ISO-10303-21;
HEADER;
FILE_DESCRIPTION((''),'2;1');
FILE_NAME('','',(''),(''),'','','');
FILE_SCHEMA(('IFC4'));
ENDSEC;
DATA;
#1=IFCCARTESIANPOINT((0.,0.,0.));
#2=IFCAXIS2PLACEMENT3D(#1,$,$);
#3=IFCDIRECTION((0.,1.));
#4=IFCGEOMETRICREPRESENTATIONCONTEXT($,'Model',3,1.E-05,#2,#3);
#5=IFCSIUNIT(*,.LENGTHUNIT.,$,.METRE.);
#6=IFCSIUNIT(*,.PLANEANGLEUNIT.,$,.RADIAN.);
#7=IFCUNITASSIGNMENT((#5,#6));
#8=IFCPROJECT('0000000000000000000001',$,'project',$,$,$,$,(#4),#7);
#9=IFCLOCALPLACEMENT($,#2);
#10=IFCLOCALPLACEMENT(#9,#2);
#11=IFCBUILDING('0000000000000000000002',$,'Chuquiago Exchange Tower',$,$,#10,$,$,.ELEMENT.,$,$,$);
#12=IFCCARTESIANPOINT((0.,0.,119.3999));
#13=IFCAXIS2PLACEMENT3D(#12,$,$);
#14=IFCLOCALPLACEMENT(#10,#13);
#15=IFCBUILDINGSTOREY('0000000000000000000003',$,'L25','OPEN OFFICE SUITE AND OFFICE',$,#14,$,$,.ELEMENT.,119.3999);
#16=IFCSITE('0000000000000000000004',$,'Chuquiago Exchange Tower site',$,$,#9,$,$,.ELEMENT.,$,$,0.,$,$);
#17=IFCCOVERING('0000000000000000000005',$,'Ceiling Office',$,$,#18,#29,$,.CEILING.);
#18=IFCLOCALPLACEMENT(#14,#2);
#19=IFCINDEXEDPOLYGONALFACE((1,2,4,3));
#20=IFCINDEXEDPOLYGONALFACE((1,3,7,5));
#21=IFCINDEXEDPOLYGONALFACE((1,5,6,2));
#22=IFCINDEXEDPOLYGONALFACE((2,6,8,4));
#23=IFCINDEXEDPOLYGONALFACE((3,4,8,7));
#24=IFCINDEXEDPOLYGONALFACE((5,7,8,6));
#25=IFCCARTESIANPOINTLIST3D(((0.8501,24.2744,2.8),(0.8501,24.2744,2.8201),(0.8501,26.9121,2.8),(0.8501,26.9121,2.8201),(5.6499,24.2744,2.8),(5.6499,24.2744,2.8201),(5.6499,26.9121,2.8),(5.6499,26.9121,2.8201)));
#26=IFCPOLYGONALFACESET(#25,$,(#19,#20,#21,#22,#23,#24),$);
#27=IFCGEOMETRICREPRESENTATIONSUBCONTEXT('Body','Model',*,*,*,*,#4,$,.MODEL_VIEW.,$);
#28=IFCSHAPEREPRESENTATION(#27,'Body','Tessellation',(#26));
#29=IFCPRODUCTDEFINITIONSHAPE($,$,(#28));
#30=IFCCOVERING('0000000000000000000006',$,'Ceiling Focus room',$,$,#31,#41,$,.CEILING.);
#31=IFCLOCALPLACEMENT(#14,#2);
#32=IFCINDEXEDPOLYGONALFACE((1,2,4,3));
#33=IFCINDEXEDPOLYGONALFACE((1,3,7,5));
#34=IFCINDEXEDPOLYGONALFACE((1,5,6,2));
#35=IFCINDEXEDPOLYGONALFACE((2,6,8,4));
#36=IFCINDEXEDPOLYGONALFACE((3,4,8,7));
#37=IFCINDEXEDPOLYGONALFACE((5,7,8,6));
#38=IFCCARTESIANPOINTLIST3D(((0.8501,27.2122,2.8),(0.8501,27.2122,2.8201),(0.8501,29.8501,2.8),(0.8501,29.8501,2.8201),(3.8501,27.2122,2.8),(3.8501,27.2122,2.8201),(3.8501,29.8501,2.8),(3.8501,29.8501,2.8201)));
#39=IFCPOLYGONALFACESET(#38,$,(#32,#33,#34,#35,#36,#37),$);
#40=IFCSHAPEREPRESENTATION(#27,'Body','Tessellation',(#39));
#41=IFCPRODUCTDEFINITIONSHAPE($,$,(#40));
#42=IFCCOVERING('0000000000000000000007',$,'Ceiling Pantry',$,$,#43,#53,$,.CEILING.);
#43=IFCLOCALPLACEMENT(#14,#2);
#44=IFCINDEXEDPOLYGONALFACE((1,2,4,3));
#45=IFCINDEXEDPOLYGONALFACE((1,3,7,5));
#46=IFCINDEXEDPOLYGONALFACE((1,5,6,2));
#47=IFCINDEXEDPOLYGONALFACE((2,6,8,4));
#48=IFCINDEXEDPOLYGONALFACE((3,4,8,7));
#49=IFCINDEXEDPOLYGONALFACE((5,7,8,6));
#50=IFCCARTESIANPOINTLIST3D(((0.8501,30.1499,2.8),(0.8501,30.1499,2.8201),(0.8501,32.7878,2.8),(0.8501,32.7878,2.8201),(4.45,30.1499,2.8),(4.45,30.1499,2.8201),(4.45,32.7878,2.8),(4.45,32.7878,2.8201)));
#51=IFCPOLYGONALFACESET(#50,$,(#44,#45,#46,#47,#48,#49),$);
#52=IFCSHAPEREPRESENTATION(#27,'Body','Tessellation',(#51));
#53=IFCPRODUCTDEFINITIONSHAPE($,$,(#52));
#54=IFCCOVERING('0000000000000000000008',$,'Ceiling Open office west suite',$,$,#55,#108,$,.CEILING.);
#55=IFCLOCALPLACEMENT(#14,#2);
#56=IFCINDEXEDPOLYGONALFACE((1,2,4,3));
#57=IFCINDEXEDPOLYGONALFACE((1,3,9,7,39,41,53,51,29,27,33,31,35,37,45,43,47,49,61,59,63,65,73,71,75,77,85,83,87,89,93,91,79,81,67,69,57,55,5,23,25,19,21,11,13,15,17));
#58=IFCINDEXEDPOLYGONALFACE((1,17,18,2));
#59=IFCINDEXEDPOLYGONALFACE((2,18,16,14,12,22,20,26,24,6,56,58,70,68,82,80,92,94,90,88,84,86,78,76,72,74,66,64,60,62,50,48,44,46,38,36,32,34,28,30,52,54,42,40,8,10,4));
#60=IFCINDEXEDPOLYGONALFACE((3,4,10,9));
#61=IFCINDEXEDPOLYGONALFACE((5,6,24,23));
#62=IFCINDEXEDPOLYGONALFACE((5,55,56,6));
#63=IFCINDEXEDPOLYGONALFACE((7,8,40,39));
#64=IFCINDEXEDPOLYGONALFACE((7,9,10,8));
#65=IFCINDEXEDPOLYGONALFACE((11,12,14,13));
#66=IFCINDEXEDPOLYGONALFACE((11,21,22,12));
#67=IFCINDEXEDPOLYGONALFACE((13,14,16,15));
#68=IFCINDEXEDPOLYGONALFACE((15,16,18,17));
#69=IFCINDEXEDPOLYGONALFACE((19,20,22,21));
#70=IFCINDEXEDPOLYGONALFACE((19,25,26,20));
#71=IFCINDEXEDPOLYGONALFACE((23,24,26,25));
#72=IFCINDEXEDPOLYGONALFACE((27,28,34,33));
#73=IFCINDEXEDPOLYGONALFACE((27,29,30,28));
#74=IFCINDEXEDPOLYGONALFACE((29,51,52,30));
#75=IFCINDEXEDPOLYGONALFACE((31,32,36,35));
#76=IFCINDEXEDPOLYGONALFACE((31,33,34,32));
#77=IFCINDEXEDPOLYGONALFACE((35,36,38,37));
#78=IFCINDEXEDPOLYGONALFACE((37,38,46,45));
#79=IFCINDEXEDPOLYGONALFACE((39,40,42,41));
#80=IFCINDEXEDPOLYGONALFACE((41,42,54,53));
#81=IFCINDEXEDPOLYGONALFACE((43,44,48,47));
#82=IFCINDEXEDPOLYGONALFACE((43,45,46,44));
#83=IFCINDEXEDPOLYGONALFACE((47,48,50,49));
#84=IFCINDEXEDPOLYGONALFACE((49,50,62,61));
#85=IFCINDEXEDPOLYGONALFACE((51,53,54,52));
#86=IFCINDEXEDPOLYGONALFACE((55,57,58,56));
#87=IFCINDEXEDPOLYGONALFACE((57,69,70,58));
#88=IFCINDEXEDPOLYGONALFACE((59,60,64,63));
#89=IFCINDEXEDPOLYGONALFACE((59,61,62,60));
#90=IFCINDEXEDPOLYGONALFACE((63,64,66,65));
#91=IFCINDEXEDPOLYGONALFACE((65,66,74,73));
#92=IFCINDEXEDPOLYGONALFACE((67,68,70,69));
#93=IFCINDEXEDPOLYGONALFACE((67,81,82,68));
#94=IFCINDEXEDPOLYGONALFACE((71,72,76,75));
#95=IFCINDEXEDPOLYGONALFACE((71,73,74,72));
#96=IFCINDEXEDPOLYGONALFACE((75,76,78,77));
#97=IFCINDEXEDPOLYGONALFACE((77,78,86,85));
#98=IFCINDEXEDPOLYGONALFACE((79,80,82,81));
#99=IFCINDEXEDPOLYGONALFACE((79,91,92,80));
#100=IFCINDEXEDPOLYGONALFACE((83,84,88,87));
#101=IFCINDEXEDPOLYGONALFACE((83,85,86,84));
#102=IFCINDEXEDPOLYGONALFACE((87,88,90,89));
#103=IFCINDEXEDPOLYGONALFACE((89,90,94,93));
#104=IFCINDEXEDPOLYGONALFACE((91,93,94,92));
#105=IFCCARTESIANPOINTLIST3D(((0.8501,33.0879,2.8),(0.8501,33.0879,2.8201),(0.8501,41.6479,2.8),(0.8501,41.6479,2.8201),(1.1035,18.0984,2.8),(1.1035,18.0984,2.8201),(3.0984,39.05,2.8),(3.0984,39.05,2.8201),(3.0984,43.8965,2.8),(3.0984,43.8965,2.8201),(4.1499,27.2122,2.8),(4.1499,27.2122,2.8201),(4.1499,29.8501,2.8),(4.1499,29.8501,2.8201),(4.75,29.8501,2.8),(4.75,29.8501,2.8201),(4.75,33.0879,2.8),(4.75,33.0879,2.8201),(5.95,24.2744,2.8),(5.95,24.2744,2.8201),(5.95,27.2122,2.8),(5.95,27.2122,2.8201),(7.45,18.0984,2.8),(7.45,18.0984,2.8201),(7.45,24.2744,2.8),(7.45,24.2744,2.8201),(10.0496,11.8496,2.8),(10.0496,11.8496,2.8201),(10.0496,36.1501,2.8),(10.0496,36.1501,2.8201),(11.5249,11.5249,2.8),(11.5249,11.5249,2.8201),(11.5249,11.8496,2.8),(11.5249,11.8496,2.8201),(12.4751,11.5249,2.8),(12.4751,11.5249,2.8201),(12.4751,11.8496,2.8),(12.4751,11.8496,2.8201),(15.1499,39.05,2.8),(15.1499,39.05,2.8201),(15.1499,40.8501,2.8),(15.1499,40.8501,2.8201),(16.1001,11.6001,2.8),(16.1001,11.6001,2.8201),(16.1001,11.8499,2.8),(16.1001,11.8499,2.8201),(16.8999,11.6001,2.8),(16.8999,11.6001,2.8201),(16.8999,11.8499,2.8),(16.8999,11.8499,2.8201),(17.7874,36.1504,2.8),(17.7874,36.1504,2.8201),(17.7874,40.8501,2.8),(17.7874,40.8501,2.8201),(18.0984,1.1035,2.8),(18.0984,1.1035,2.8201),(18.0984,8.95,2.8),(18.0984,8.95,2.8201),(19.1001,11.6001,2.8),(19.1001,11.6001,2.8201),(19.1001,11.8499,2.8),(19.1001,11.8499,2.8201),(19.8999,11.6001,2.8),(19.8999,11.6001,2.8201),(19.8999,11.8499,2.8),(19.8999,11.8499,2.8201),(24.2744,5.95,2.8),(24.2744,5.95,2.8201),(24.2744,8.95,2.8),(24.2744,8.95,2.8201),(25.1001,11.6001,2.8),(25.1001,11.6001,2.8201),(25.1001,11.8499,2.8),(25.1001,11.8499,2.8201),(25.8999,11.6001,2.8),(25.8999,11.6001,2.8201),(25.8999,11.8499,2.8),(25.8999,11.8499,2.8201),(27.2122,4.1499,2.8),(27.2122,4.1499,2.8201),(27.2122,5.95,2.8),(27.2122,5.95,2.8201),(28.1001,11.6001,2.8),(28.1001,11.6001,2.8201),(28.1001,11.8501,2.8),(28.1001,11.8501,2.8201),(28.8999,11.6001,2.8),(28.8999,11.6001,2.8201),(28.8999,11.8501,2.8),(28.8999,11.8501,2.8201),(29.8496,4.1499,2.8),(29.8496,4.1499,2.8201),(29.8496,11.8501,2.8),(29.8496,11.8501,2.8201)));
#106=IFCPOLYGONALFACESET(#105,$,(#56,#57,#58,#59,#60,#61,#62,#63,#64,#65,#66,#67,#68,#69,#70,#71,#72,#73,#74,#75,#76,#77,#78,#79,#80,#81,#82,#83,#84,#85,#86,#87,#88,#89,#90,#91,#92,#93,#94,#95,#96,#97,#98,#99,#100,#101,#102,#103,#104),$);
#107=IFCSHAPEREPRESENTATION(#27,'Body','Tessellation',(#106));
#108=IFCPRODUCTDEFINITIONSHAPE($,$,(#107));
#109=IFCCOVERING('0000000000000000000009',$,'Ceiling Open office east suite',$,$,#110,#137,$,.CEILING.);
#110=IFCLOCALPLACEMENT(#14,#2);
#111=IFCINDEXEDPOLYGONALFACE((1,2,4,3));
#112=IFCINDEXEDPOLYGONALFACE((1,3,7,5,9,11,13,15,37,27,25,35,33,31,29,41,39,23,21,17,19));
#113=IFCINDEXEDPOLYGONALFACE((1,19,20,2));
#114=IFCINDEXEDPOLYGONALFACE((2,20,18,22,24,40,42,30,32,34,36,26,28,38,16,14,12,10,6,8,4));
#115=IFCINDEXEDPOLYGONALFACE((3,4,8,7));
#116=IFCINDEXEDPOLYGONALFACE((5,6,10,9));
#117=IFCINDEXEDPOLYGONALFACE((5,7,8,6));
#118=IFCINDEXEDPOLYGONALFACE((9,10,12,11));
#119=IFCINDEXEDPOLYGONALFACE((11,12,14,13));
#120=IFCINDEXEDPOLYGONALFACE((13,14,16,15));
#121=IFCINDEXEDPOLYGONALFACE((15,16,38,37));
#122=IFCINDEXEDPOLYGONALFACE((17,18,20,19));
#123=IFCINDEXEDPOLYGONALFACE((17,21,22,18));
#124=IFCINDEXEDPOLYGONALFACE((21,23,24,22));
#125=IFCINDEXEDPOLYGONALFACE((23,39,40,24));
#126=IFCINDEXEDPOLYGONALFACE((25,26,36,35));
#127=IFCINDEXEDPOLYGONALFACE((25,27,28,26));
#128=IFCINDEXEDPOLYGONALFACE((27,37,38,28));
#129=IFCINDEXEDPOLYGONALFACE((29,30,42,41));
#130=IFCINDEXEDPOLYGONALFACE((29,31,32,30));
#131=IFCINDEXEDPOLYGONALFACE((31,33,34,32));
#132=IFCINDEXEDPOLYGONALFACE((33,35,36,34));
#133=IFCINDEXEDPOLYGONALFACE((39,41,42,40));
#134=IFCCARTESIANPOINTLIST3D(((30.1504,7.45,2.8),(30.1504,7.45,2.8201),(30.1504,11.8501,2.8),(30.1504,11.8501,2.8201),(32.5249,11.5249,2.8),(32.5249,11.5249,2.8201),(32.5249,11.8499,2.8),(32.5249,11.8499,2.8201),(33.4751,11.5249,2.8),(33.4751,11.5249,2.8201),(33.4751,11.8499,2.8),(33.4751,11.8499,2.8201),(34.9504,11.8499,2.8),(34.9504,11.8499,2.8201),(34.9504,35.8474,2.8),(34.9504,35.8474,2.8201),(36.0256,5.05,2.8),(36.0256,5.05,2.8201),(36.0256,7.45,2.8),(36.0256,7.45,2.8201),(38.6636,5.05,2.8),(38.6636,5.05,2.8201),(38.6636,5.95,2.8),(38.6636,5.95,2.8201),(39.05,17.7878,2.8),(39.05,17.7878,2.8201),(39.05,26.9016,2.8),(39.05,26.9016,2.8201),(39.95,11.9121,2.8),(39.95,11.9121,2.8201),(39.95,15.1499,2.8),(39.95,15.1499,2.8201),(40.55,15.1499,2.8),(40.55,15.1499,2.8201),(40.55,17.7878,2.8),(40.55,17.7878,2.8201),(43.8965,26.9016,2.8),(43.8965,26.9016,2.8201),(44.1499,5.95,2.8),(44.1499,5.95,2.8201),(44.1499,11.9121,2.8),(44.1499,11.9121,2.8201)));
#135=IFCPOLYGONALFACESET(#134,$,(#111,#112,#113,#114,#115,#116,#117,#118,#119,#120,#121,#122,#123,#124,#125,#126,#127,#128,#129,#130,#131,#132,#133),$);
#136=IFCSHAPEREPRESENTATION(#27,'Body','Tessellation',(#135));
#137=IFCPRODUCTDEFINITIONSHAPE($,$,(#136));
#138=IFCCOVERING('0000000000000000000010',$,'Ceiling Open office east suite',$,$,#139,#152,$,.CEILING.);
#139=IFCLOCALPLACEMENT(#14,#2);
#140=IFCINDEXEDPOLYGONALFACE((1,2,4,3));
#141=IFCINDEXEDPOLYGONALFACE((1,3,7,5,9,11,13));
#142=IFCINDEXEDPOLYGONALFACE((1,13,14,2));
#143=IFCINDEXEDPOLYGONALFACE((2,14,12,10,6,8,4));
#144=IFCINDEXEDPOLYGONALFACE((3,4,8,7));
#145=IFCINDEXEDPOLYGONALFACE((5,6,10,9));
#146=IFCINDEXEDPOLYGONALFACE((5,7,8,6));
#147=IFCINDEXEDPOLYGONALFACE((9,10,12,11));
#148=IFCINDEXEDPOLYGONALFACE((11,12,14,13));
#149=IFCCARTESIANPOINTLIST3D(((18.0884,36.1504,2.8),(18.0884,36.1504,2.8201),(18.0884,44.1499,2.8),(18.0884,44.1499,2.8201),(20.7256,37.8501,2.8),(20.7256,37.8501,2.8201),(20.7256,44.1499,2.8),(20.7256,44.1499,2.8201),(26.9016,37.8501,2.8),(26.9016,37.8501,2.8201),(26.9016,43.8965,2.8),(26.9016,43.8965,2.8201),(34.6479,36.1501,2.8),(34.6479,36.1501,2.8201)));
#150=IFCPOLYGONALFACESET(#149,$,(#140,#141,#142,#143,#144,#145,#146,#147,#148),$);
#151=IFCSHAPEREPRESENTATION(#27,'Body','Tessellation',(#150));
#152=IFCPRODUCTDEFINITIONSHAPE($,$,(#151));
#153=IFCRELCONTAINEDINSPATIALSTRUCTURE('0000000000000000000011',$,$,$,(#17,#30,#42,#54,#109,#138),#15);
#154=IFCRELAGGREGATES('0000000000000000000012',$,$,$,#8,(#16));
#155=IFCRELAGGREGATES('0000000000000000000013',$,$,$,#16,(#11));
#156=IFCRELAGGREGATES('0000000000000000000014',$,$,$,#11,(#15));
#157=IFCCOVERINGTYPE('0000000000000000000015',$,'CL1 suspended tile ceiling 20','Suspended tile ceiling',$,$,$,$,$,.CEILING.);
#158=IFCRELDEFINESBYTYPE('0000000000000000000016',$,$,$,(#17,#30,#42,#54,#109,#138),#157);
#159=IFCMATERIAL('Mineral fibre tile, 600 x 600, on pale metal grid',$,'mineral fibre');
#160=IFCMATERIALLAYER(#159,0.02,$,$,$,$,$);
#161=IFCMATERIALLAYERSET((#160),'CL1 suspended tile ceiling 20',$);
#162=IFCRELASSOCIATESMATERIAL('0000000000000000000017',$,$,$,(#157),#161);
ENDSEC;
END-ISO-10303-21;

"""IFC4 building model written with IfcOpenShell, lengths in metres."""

from ifc_helpers import new_model, si_unit, direction, frame, origin, place, context, subcontext, project, spatial, polyline, outline, extrude, material, layer, layer_set, type_object, element, save


model = new_model("IFC4")

# Units and contexts
model_context = context("Model", 3, precision=1e-05, world=origin(), true_north=direction((0.0, 1.0)))
body_context = subcontext(model_context, "Body", "Model", "MODEL_VIEW")
ifc_project = project(units=[si_unit("LENGTHUNIT", "METRE"), si_unit("PLANEANGLEUNIT", "RADIAN")], contexts=[model_context])

# Site, building, storey
site_placement = place(None, origin())
site = spatial("IfcSite", under=ifc_project, at=site_placement, Name="Chuquiago Exchange Tower site", CompositionType="ELEMENT", RefElevation=0.0)
building_placement = place(site_placement, origin())
building = spatial("IfcBuilding", under=site, at=building_placement, Name="Chuquiago Exchange Tower", CompositionType="ELEMENT")
storey_placement = place(building_placement, frame((0.0, 0.0, 119.3999)))
storey = spatial("IfcBuildingStorey", under=building, at=storey_placement, Name="L25", Description="OPEN OFFICE SUITE AND OFFICE", CompositionType="ELEMENT", Elevation=119.3999)

# Coverings
ifc_material_1 = material(Name="Mineral fibre tile, 600 x 600, on pale metal grid", Category="mineral fibre")
ifc_layer_1 = layer(ifc_material_1, 0.02)
ifc_layer_set_1 = layer_set([ifc_layer_1], Name="CL1 suspended tile ceiling 20")
covering_type_1 = type_object("IfcCoveringType", Name="CL1 suspended tile ceiling 20", Description="Suspended tile ceiling", PredefinedType="CEILING", material=ifc_layer_set_1)
covering_1_placement = place(storey_placement, frame((0.0, 0.0, 2.8)))
element("IfcCovering", 1, at=covering_1_placement, inside=storey, type_object=covering_type_1, Name="Ceiling Office", PredefinedType="CEILING", context=body_context, shape_type="SweptSolid", body=[
    extrude(outline(polyline([(5.6499, 26.9121), (5.6499, 24.2744), (0.8501, 24.2744), (0.8501, 26.9121), (5.6499, 26.9121)])), origin(), (0.0, 0.0, 1.0), 0.02),
])
covering_2_placement = place(storey_placement, frame((0.0, 0.0, 2.8)))
element("IfcCovering", 2, at=covering_2_placement, inside=storey, type_object=covering_type_1, Name="Ceiling Focus room", PredefinedType="CEILING", context=body_context, shape_type="SweptSolid", body=[
    extrude(outline(polyline([(3.8501, 29.8501), (3.8501, 27.2122), (0.8501, 27.2122), (0.8501, 29.8501), (3.8501, 29.8501)])), origin(), (0.0, 0.0, 1.0), 0.02),
])
covering_3_placement = place(storey_placement, frame((0.0, 0.0, 2.8)))
element("IfcCovering", 3, at=covering_3_placement, inside=storey, type_object=covering_type_1, Name="Ceiling Pantry", PredefinedType="CEILING", context=body_context, shape_type="SweptSolid", body=[
    extrude(outline(polyline([(4.45, 32.7878), (4.45, 30.1499), (0.8501, 30.1499), (0.8501, 32.7878), (4.45, 32.7878)])), origin(), (0.0, 0.0, 1.0), 0.02),
])
covering_4_placement = place(storey_placement, frame((0.0, 0.0, 2.8)))
element("IfcCovering", 4, at=covering_4_placement, inside=storey, type_object=covering_type_1, Name="Ceiling Open office west suite", PredefinedType="CEILING", context=body_context, shape_type="SweptSolid", body=[
    extrude(outline(polyline([(3.0984, 39.05), (15.1499, 39.05), (15.1499, 40.8501), (17.7874, 40.8501), (17.7874, 36.1504), (10.0496, 36.1501), (10.0496, 11.8496), (11.5249, 11.8496), (11.5249, 11.5249), (12.4751, 11.5249), (12.4751, 11.8496), (16.1001, 11.8499), (16.1001, 11.6001), (16.8999, 11.6001), (16.8999, 11.8499), (19.1001, 11.8499), (19.1001, 11.6001), (19.8999, 11.6001), (19.8999, 11.8499), (25.1001, 11.8499), (25.1001, 11.6001), (25.8999, 11.6001), (25.8999, 11.8499), (28.1001, 11.8501), (28.1001, 11.6001), (28.8999, 11.6001), (28.8999, 11.8501), (29.8496, 11.8501), (29.8496, 4.1499), (27.2122, 4.1499), (27.2122, 5.95), (24.2744, 5.95), (24.2744, 8.95), (18.0984, 8.95), (18.0984, 1.1035), (1.1035, 18.0984), (7.45, 18.0984), (7.45, 24.2744), (5.95, 24.2744), (5.95, 27.2122), (4.1499, 27.2122), (4.1499, 29.8501), (4.75, 29.8501), (4.75, 33.0879), (0.8501, 33.0879), (0.8501, 41.6479), (3.0984, 43.8965), (3.0984, 39.05)])), origin(), (0.0, 0.0, 1.0), 0.02),
])
covering_5_placement = place(storey_placement, frame((0.0, 0.0, 2.8)))
element("IfcCovering", 5, at=covering_5_placement, inside=storey, type_object=covering_type_1, Name="Ceiling Open office east suite", PredefinedType="CEILING", context=body_context, shape_type="SweptSolid", body=[
    extrude(outline(polyline([(43.8965, 26.9016), (39.05, 26.9016), (39.05, 17.7878), (40.55, 17.7878), (40.55, 15.1499), (39.95, 15.1499), (39.95, 11.9121), (44.1499, 11.9121), (44.1499, 5.95), (38.6636, 5.95), (38.6636, 5.05), (36.0256, 5.05), (36.0256, 7.45), (30.1504, 7.45), (30.1504, 11.8501), (32.5249, 11.8499), (32.5249, 11.5249), (33.4751, 11.5249), (33.4751, 11.8499), (34.9504, 11.8499), (34.9504, 35.8474), (43.8965, 26.9016)])), origin(), (0.0, 0.0, 1.0), 0.02),
])
covering_6_placement = place(storey_placement, frame((0.0, 0.0, 2.8)))
element("IfcCovering", 6, at=covering_6_placement, inside=storey, type_object=covering_type_1, Name="Ceiling Open office east suite", PredefinedType="CEILING", context=body_context, shape_type="SweptSolid", body=[
    extrude(outline(polyline([(20.7256, 37.8501), (26.9016, 37.8501), (26.9016, 43.8965), (34.6479, 36.1501), (18.0884, 36.1504), (18.0884, 44.1499), (20.7256, 44.1499), (20.7256, 37.8501)])), origin(), (0.0, 0.0, 1.0), 0.02),
])

save(model, "model.ifc")
